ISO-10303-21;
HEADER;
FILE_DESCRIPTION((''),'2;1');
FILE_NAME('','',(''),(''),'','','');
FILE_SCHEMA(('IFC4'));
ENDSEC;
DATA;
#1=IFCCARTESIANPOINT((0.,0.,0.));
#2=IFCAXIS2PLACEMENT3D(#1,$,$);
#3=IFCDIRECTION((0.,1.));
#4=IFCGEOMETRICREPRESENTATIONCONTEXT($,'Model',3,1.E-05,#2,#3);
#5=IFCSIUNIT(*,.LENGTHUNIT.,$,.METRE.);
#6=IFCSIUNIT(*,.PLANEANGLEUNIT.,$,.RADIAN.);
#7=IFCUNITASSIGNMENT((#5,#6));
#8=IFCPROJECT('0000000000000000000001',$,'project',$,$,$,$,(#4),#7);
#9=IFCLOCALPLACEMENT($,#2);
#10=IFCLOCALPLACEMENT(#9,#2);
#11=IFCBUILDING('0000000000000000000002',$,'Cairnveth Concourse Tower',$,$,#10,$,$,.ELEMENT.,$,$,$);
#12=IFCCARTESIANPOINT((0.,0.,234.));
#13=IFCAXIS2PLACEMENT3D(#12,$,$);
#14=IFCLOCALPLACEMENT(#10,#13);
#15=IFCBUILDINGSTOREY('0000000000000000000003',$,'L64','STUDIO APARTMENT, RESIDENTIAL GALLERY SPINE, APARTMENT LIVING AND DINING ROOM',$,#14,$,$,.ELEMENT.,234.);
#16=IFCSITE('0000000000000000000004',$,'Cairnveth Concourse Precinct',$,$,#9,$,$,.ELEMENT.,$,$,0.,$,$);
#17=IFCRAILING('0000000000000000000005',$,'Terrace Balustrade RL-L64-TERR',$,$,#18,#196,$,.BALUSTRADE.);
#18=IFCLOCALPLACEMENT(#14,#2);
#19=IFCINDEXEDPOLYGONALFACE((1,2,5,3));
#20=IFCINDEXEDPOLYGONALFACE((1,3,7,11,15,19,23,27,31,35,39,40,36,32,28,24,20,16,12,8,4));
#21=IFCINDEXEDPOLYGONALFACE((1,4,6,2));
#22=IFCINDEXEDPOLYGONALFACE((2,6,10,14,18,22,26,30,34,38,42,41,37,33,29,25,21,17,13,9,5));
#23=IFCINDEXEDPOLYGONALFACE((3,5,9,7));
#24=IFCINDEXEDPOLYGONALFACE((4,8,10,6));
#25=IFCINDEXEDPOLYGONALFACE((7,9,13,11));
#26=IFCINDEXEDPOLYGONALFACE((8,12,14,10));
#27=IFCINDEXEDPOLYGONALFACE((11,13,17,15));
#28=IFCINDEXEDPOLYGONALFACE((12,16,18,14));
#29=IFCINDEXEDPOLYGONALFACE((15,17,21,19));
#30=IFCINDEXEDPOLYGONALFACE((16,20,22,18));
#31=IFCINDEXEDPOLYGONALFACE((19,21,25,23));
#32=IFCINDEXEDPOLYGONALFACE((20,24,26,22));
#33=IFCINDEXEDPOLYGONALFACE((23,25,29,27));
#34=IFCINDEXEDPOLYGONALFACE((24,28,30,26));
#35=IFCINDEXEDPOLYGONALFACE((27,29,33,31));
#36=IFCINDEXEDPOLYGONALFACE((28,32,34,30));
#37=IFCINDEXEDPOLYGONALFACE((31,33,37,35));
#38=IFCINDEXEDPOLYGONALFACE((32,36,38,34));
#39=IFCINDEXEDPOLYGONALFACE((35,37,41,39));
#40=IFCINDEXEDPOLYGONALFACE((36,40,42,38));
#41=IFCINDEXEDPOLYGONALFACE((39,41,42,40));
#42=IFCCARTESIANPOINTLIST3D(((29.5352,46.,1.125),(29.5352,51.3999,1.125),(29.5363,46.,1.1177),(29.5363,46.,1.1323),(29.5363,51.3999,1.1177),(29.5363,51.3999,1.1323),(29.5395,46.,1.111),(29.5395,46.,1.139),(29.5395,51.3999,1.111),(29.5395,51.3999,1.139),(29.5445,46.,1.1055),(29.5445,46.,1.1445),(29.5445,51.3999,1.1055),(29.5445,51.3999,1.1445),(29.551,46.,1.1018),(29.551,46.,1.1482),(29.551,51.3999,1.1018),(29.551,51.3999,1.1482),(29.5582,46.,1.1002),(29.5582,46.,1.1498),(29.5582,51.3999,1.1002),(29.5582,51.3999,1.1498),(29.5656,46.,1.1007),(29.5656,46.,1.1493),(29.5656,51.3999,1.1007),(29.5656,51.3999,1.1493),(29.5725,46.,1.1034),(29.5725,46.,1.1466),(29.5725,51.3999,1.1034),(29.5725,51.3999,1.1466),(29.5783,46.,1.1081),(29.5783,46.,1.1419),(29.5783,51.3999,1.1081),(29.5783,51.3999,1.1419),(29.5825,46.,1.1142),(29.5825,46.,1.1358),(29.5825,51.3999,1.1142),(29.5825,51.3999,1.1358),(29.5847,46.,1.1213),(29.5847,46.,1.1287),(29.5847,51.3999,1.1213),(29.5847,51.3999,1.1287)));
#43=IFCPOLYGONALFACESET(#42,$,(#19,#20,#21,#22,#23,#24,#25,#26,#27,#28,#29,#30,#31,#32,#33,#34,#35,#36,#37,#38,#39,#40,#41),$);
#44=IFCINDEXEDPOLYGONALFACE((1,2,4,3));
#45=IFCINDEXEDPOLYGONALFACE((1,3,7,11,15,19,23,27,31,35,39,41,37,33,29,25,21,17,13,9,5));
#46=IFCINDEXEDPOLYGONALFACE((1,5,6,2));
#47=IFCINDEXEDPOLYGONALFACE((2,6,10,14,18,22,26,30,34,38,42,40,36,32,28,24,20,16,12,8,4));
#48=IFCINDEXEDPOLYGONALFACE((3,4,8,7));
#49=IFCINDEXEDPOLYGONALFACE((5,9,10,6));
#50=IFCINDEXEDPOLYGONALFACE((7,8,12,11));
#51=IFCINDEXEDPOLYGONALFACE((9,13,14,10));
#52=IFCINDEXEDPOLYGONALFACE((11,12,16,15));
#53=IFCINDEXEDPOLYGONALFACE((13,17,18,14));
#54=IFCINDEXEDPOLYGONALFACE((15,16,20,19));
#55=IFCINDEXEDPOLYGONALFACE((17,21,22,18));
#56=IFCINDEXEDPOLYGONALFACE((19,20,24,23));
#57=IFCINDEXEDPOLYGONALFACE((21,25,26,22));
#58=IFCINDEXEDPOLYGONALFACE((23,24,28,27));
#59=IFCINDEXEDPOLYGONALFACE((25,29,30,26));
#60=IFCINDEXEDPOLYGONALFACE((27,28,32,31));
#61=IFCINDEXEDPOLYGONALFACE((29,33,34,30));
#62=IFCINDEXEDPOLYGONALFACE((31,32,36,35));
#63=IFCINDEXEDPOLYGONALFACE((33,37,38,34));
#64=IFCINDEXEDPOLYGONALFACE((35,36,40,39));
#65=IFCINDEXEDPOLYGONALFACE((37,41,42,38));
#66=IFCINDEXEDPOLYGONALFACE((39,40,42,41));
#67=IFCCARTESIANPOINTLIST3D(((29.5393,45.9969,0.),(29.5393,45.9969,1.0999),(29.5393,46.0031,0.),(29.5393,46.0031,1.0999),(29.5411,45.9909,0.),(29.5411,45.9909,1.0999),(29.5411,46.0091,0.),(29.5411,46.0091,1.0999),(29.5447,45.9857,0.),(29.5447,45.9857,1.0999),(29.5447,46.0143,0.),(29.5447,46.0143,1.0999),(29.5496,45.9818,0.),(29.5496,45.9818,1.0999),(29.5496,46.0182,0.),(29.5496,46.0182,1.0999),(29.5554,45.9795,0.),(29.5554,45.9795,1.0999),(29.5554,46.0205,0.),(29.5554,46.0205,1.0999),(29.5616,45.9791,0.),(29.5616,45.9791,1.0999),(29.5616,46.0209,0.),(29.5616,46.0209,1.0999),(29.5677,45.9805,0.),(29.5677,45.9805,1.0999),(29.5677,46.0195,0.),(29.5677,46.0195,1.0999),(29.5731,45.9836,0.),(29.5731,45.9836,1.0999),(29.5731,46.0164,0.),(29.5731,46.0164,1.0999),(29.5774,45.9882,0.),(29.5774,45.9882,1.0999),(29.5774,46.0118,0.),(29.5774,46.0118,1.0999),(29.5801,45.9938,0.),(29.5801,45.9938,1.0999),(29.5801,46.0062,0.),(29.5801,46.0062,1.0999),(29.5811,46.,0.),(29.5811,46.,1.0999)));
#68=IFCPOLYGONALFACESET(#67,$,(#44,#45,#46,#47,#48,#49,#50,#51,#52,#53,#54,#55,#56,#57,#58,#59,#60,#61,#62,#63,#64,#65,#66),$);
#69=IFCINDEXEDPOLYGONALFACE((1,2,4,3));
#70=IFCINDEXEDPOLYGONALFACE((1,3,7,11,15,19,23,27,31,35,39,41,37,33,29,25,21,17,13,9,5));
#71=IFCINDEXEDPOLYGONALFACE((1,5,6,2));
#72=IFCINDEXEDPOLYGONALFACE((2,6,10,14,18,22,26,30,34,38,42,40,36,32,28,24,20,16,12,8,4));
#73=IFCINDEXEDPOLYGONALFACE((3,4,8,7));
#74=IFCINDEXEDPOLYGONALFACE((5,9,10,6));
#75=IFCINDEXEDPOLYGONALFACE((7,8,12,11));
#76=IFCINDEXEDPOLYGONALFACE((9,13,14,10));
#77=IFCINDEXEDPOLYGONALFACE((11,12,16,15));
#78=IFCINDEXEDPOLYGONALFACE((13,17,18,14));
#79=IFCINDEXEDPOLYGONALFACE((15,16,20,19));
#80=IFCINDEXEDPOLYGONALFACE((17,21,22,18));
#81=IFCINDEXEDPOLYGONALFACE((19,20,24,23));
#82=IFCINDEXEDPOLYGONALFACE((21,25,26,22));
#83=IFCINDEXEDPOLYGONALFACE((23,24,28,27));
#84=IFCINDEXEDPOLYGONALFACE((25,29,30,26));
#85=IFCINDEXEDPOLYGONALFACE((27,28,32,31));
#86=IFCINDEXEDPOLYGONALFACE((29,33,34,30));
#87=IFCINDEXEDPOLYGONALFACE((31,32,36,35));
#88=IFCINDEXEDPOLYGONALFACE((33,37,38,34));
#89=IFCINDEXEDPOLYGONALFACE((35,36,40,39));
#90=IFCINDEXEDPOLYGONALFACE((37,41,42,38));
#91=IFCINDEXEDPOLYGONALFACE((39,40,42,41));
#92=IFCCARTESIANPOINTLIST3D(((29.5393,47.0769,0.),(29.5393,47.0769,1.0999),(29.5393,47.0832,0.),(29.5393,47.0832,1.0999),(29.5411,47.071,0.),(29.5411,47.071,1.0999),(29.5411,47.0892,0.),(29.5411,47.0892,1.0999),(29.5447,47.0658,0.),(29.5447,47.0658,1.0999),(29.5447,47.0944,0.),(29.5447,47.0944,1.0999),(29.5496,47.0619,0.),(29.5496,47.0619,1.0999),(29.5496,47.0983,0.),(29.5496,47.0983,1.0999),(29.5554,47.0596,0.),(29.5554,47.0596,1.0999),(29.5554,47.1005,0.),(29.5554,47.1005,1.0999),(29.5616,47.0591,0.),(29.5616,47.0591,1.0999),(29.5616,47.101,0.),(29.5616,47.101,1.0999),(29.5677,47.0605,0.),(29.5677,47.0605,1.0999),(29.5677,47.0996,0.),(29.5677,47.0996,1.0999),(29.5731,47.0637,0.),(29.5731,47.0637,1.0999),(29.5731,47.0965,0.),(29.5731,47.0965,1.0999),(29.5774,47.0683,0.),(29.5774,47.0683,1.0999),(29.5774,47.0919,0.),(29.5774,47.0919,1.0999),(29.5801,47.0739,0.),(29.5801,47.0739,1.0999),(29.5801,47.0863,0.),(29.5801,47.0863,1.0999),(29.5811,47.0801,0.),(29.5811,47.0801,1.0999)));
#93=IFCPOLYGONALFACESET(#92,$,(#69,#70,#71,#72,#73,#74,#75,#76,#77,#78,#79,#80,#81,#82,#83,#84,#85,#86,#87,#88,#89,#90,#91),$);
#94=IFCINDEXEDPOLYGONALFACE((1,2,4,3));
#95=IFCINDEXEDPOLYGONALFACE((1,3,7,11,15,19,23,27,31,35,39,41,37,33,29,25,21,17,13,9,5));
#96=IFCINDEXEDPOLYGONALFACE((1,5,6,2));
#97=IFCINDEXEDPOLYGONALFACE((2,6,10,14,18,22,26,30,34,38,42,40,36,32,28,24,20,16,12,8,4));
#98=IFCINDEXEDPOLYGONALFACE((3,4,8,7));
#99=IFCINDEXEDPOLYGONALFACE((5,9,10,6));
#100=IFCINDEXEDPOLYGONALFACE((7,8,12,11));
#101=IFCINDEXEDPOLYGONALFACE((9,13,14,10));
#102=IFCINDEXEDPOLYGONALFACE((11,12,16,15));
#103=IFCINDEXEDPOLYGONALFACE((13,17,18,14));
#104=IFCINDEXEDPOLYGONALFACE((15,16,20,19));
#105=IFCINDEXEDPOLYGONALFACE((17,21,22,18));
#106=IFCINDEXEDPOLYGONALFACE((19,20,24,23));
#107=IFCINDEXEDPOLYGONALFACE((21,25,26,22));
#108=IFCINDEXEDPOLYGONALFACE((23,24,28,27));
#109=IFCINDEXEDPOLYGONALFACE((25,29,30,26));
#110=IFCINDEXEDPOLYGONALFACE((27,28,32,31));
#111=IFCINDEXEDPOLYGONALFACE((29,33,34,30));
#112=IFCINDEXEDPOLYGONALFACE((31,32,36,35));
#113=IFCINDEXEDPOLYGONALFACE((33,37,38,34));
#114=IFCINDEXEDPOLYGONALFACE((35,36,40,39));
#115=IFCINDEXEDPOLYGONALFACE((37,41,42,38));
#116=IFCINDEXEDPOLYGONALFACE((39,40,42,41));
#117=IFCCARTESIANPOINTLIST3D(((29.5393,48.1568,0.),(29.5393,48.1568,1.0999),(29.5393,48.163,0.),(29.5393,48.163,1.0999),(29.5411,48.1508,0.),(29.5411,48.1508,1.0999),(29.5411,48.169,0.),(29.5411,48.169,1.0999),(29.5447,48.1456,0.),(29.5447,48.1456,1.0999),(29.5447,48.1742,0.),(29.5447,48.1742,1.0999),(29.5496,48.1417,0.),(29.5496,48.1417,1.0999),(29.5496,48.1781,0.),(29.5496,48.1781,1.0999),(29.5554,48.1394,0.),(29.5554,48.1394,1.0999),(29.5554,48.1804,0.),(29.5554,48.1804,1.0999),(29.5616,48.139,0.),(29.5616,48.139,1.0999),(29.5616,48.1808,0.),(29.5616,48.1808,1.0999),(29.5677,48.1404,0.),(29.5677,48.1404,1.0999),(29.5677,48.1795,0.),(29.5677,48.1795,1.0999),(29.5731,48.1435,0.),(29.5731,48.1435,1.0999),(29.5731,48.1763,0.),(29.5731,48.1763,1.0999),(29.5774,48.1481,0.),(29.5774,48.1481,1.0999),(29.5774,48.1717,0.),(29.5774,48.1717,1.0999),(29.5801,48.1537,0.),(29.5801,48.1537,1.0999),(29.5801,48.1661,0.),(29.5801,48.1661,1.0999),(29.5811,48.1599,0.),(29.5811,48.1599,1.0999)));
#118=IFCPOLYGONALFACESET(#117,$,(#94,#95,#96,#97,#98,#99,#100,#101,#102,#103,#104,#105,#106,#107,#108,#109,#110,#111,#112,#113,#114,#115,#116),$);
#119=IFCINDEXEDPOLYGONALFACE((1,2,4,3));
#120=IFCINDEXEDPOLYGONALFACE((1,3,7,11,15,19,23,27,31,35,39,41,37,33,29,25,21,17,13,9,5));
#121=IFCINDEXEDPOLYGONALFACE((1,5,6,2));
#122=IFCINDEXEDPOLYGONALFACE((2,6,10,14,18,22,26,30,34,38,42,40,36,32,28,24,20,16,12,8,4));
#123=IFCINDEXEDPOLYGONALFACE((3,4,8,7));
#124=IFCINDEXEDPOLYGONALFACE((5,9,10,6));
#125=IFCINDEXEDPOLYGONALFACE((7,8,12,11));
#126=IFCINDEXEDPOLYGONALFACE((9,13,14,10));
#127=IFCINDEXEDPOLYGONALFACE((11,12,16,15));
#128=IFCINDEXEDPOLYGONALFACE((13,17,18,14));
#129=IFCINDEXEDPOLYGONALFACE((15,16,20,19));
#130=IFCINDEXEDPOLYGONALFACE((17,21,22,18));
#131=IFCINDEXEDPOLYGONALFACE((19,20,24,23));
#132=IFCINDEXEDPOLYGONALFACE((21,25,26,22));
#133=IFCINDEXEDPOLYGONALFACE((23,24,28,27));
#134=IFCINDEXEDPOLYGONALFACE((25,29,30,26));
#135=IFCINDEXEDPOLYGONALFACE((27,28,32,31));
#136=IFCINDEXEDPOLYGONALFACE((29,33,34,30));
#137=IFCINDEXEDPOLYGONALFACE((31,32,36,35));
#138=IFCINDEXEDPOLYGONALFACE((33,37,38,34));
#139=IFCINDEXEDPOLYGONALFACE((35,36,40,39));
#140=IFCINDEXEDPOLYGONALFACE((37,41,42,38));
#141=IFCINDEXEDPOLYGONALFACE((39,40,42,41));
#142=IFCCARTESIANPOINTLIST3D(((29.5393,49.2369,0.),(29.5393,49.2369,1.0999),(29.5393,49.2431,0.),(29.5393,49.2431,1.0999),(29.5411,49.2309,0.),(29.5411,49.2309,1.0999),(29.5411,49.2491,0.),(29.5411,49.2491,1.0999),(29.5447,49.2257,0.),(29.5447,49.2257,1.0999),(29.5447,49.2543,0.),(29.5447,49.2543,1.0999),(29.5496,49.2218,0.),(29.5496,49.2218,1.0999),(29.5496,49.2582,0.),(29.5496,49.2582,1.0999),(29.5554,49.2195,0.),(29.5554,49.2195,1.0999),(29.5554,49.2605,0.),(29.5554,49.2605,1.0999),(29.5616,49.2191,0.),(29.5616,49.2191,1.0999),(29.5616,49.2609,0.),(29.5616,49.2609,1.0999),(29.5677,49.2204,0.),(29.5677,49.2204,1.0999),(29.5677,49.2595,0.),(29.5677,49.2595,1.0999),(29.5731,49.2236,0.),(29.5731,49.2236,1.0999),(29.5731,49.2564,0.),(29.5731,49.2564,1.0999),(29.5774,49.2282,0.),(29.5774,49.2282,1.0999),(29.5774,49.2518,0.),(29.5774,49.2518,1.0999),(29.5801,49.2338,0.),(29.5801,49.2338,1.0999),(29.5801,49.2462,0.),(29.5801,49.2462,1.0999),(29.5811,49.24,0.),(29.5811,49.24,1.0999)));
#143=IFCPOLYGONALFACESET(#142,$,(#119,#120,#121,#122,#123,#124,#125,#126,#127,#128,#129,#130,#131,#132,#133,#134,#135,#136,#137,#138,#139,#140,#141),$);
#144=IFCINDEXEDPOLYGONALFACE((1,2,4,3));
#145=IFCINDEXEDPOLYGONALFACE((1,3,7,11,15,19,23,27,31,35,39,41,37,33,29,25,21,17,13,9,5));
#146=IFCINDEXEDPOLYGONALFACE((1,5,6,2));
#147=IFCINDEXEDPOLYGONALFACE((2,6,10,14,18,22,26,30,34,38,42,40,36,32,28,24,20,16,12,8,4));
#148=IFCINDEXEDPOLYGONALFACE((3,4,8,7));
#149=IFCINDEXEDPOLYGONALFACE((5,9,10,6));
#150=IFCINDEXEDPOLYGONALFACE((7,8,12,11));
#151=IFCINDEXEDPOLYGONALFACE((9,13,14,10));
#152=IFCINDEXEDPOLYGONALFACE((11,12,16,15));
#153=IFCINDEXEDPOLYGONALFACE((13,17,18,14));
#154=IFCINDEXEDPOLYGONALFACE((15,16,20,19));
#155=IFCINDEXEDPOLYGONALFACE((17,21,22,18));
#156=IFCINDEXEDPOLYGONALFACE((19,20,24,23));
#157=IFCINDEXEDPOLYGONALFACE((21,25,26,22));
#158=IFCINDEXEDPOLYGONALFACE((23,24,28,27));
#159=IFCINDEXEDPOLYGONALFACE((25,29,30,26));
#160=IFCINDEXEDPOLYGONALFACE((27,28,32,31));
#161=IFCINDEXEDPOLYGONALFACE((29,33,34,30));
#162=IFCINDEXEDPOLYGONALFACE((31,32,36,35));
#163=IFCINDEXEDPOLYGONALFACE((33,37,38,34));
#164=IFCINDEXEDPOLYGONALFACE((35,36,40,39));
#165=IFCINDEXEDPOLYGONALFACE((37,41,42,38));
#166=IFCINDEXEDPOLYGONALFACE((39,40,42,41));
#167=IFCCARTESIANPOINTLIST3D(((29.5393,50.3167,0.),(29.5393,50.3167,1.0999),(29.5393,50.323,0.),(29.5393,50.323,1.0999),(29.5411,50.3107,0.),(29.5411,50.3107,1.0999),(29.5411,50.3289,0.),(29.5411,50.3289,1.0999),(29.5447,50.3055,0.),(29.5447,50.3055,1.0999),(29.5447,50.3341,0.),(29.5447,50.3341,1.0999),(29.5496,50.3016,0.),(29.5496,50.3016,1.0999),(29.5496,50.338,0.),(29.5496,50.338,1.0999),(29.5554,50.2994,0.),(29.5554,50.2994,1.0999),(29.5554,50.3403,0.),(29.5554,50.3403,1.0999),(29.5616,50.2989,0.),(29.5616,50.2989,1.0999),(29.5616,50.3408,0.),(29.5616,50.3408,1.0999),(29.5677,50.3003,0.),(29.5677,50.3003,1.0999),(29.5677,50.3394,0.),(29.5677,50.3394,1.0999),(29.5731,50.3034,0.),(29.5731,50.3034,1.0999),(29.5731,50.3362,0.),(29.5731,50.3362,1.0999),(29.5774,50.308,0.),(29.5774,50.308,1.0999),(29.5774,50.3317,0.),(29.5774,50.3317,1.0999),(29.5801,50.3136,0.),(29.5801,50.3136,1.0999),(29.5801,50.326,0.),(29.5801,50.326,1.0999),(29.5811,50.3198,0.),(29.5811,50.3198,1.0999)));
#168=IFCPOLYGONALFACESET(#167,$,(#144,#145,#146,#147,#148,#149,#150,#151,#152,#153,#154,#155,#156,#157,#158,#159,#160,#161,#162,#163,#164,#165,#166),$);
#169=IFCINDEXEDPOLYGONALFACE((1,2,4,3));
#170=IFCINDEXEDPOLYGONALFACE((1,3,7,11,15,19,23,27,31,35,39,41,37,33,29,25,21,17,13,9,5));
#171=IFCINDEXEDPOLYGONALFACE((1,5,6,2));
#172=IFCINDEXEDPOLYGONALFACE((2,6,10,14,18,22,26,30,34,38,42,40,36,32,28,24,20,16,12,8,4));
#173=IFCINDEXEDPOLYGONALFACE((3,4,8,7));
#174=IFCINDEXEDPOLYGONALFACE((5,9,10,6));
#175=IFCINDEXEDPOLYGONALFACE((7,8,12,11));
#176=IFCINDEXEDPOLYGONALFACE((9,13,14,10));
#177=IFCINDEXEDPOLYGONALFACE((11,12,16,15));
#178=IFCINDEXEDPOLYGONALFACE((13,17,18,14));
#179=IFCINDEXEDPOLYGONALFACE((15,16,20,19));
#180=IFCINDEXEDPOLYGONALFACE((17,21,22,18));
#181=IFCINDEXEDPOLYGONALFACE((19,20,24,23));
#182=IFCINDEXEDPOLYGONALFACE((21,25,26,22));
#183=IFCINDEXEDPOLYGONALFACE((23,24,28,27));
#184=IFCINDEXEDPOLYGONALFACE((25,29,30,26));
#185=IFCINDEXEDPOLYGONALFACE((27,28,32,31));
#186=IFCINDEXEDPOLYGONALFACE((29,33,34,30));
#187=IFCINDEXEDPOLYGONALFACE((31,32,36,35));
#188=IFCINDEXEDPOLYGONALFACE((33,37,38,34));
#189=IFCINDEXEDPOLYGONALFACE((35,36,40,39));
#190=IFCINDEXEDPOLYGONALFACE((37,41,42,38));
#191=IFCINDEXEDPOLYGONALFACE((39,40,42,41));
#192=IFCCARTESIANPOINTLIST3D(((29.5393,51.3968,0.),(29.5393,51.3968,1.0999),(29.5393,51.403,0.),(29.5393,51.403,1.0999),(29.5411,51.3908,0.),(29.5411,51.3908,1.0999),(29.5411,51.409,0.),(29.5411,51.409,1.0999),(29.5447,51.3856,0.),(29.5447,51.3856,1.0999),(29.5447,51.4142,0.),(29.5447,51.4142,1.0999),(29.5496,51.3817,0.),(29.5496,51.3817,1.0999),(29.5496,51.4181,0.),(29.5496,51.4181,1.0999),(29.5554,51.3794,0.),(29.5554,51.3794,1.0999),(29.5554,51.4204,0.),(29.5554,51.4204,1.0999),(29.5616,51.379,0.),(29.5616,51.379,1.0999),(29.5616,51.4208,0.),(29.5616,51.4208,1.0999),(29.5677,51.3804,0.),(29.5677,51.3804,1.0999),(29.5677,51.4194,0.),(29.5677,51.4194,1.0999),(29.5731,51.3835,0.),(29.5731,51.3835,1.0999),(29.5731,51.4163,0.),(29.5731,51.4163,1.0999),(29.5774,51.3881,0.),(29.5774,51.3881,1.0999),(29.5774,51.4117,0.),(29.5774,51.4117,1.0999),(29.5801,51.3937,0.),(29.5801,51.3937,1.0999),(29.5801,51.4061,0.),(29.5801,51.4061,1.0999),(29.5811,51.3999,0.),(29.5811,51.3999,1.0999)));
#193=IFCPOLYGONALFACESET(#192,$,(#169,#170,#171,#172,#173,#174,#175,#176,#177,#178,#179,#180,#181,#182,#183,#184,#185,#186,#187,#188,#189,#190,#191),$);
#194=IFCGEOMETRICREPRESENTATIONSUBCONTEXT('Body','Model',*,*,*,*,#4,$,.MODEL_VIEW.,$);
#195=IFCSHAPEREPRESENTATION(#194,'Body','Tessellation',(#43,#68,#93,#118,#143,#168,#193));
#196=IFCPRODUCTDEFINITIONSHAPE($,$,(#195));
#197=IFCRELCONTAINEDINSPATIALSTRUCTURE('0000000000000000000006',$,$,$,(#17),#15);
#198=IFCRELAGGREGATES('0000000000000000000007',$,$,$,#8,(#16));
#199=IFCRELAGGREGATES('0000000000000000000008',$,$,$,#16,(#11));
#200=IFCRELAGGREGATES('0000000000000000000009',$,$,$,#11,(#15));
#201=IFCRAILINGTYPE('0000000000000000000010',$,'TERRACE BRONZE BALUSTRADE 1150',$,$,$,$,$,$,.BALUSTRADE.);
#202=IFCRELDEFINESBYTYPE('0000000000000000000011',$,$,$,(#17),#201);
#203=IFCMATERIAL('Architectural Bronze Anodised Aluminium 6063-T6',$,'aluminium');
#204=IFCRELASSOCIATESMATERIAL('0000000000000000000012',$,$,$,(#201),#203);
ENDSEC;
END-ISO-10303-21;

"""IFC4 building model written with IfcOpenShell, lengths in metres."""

from ifc_helpers import new_model, si_unit, direction, frame, origin, origin_2d, place, context, subcontext, project, spatial, circle, extrude, material, type_object, element, save


model = new_model("IFC4")

# Units and contexts
model_context = context("Model", 3, precision=1e-05, world=origin(), true_north=direction((0.0, 1.0)))
body_context = subcontext(model_context, "Body", "Model", "MODEL_VIEW")
ifc_project = project(units=[si_unit("LENGTHUNIT", "METRE"), si_unit("PLANEANGLEUNIT", "RADIAN")], contexts=[model_context])

# Site, building, storey
site_placement = place(None, origin())
site = spatial("IfcSite", under=ifc_project, at=site_placement, Name="Cairnveth Concourse Precinct", CompositionType="ELEMENT", RefElevation=0.0)
building_placement = place(site_placement, origin())
building = spatial("IfcBuilding", under=site, at=building_placement, Name="Cairnveth Concourse Tower", CompositionType="ELEMENT")
storey_placement = place(building_placement, frame((0.0, 0.0, 234.0)))
storey = spatial("IfcBuildingStorey", under=building, at=storey_placement, Name="L64", Description="STUDIO APARTMENT, RESIDENTIAL GALLERY SPINE, APARTMENT LIVING AND DINING ROOM", CompositionType="ELEMENT", Elevation=234.0)

# Shared definitions
ifc_material_1 = material(Name="Architectural Bronze Anodised Aluminium 6063-T6", Category="aluminium")

# Railing
railing_type = type_object("IfcRailingType", Name="TERRACE BRONZE BALUSTRADE 1150", PredefinedType="BALUSTRADE", material=ifc_material_1)
railing_placement = place(storey_placement, frame((29.5601, 46.0, 0.0)))
element("IfcRailing", 1, at=railing_placement, inside=storey, type_object=railing_type, Name="Terrace Balustrade RL-L64-TERR", PredefinedType="BALUSTRADE", context=body_context, shape_type="SweptSolid", body=[
    extrude(circle(Radius=0.0249, at=origin_2d()), frame((0.0, 0.0, 1.125), z_axis=(0.0, 1.0, 0.0), x_axis=(-1.0, 0.0, 0.0)), (0.0, 0.0, 1.0), 5.3999),
    extrude(circle(Radius=0.021, at=origin_2d()), origin(), (0.0, 0.0, 1.0), 1.0999),
    extrude(circle(Radius=0.021, at=origin_2d()), frame((0.0, 1.0801, 0.0)), (0.0, 0.0, 1.0), 1.0999),
    extrude(circle(Radius=0.021, at=origin_2d()), frame((0.0, 2.1599, 0.0)), (0.0, 0.0, 1.0), 1.0999),
    extrude(circle(Radius=0.021, at=origin_2d()), frame((0.0, 3.24, 0.0)), (0.0, 0.0, 1.0), 1.0999),
    extrude(circle(Radius=0.021, at=origin_2d()), frame((0.0, 4.3198, 0.0)), (0.0, 0.0, 1.0), 1.0999),
    extrude(circle(Radius=0.021, at=origin_2d()), frame((0.0, 5.3999, 0.0)), (0.0, 0.0, 1.0), 1.0999),
])

save(model, "model.ifc")
